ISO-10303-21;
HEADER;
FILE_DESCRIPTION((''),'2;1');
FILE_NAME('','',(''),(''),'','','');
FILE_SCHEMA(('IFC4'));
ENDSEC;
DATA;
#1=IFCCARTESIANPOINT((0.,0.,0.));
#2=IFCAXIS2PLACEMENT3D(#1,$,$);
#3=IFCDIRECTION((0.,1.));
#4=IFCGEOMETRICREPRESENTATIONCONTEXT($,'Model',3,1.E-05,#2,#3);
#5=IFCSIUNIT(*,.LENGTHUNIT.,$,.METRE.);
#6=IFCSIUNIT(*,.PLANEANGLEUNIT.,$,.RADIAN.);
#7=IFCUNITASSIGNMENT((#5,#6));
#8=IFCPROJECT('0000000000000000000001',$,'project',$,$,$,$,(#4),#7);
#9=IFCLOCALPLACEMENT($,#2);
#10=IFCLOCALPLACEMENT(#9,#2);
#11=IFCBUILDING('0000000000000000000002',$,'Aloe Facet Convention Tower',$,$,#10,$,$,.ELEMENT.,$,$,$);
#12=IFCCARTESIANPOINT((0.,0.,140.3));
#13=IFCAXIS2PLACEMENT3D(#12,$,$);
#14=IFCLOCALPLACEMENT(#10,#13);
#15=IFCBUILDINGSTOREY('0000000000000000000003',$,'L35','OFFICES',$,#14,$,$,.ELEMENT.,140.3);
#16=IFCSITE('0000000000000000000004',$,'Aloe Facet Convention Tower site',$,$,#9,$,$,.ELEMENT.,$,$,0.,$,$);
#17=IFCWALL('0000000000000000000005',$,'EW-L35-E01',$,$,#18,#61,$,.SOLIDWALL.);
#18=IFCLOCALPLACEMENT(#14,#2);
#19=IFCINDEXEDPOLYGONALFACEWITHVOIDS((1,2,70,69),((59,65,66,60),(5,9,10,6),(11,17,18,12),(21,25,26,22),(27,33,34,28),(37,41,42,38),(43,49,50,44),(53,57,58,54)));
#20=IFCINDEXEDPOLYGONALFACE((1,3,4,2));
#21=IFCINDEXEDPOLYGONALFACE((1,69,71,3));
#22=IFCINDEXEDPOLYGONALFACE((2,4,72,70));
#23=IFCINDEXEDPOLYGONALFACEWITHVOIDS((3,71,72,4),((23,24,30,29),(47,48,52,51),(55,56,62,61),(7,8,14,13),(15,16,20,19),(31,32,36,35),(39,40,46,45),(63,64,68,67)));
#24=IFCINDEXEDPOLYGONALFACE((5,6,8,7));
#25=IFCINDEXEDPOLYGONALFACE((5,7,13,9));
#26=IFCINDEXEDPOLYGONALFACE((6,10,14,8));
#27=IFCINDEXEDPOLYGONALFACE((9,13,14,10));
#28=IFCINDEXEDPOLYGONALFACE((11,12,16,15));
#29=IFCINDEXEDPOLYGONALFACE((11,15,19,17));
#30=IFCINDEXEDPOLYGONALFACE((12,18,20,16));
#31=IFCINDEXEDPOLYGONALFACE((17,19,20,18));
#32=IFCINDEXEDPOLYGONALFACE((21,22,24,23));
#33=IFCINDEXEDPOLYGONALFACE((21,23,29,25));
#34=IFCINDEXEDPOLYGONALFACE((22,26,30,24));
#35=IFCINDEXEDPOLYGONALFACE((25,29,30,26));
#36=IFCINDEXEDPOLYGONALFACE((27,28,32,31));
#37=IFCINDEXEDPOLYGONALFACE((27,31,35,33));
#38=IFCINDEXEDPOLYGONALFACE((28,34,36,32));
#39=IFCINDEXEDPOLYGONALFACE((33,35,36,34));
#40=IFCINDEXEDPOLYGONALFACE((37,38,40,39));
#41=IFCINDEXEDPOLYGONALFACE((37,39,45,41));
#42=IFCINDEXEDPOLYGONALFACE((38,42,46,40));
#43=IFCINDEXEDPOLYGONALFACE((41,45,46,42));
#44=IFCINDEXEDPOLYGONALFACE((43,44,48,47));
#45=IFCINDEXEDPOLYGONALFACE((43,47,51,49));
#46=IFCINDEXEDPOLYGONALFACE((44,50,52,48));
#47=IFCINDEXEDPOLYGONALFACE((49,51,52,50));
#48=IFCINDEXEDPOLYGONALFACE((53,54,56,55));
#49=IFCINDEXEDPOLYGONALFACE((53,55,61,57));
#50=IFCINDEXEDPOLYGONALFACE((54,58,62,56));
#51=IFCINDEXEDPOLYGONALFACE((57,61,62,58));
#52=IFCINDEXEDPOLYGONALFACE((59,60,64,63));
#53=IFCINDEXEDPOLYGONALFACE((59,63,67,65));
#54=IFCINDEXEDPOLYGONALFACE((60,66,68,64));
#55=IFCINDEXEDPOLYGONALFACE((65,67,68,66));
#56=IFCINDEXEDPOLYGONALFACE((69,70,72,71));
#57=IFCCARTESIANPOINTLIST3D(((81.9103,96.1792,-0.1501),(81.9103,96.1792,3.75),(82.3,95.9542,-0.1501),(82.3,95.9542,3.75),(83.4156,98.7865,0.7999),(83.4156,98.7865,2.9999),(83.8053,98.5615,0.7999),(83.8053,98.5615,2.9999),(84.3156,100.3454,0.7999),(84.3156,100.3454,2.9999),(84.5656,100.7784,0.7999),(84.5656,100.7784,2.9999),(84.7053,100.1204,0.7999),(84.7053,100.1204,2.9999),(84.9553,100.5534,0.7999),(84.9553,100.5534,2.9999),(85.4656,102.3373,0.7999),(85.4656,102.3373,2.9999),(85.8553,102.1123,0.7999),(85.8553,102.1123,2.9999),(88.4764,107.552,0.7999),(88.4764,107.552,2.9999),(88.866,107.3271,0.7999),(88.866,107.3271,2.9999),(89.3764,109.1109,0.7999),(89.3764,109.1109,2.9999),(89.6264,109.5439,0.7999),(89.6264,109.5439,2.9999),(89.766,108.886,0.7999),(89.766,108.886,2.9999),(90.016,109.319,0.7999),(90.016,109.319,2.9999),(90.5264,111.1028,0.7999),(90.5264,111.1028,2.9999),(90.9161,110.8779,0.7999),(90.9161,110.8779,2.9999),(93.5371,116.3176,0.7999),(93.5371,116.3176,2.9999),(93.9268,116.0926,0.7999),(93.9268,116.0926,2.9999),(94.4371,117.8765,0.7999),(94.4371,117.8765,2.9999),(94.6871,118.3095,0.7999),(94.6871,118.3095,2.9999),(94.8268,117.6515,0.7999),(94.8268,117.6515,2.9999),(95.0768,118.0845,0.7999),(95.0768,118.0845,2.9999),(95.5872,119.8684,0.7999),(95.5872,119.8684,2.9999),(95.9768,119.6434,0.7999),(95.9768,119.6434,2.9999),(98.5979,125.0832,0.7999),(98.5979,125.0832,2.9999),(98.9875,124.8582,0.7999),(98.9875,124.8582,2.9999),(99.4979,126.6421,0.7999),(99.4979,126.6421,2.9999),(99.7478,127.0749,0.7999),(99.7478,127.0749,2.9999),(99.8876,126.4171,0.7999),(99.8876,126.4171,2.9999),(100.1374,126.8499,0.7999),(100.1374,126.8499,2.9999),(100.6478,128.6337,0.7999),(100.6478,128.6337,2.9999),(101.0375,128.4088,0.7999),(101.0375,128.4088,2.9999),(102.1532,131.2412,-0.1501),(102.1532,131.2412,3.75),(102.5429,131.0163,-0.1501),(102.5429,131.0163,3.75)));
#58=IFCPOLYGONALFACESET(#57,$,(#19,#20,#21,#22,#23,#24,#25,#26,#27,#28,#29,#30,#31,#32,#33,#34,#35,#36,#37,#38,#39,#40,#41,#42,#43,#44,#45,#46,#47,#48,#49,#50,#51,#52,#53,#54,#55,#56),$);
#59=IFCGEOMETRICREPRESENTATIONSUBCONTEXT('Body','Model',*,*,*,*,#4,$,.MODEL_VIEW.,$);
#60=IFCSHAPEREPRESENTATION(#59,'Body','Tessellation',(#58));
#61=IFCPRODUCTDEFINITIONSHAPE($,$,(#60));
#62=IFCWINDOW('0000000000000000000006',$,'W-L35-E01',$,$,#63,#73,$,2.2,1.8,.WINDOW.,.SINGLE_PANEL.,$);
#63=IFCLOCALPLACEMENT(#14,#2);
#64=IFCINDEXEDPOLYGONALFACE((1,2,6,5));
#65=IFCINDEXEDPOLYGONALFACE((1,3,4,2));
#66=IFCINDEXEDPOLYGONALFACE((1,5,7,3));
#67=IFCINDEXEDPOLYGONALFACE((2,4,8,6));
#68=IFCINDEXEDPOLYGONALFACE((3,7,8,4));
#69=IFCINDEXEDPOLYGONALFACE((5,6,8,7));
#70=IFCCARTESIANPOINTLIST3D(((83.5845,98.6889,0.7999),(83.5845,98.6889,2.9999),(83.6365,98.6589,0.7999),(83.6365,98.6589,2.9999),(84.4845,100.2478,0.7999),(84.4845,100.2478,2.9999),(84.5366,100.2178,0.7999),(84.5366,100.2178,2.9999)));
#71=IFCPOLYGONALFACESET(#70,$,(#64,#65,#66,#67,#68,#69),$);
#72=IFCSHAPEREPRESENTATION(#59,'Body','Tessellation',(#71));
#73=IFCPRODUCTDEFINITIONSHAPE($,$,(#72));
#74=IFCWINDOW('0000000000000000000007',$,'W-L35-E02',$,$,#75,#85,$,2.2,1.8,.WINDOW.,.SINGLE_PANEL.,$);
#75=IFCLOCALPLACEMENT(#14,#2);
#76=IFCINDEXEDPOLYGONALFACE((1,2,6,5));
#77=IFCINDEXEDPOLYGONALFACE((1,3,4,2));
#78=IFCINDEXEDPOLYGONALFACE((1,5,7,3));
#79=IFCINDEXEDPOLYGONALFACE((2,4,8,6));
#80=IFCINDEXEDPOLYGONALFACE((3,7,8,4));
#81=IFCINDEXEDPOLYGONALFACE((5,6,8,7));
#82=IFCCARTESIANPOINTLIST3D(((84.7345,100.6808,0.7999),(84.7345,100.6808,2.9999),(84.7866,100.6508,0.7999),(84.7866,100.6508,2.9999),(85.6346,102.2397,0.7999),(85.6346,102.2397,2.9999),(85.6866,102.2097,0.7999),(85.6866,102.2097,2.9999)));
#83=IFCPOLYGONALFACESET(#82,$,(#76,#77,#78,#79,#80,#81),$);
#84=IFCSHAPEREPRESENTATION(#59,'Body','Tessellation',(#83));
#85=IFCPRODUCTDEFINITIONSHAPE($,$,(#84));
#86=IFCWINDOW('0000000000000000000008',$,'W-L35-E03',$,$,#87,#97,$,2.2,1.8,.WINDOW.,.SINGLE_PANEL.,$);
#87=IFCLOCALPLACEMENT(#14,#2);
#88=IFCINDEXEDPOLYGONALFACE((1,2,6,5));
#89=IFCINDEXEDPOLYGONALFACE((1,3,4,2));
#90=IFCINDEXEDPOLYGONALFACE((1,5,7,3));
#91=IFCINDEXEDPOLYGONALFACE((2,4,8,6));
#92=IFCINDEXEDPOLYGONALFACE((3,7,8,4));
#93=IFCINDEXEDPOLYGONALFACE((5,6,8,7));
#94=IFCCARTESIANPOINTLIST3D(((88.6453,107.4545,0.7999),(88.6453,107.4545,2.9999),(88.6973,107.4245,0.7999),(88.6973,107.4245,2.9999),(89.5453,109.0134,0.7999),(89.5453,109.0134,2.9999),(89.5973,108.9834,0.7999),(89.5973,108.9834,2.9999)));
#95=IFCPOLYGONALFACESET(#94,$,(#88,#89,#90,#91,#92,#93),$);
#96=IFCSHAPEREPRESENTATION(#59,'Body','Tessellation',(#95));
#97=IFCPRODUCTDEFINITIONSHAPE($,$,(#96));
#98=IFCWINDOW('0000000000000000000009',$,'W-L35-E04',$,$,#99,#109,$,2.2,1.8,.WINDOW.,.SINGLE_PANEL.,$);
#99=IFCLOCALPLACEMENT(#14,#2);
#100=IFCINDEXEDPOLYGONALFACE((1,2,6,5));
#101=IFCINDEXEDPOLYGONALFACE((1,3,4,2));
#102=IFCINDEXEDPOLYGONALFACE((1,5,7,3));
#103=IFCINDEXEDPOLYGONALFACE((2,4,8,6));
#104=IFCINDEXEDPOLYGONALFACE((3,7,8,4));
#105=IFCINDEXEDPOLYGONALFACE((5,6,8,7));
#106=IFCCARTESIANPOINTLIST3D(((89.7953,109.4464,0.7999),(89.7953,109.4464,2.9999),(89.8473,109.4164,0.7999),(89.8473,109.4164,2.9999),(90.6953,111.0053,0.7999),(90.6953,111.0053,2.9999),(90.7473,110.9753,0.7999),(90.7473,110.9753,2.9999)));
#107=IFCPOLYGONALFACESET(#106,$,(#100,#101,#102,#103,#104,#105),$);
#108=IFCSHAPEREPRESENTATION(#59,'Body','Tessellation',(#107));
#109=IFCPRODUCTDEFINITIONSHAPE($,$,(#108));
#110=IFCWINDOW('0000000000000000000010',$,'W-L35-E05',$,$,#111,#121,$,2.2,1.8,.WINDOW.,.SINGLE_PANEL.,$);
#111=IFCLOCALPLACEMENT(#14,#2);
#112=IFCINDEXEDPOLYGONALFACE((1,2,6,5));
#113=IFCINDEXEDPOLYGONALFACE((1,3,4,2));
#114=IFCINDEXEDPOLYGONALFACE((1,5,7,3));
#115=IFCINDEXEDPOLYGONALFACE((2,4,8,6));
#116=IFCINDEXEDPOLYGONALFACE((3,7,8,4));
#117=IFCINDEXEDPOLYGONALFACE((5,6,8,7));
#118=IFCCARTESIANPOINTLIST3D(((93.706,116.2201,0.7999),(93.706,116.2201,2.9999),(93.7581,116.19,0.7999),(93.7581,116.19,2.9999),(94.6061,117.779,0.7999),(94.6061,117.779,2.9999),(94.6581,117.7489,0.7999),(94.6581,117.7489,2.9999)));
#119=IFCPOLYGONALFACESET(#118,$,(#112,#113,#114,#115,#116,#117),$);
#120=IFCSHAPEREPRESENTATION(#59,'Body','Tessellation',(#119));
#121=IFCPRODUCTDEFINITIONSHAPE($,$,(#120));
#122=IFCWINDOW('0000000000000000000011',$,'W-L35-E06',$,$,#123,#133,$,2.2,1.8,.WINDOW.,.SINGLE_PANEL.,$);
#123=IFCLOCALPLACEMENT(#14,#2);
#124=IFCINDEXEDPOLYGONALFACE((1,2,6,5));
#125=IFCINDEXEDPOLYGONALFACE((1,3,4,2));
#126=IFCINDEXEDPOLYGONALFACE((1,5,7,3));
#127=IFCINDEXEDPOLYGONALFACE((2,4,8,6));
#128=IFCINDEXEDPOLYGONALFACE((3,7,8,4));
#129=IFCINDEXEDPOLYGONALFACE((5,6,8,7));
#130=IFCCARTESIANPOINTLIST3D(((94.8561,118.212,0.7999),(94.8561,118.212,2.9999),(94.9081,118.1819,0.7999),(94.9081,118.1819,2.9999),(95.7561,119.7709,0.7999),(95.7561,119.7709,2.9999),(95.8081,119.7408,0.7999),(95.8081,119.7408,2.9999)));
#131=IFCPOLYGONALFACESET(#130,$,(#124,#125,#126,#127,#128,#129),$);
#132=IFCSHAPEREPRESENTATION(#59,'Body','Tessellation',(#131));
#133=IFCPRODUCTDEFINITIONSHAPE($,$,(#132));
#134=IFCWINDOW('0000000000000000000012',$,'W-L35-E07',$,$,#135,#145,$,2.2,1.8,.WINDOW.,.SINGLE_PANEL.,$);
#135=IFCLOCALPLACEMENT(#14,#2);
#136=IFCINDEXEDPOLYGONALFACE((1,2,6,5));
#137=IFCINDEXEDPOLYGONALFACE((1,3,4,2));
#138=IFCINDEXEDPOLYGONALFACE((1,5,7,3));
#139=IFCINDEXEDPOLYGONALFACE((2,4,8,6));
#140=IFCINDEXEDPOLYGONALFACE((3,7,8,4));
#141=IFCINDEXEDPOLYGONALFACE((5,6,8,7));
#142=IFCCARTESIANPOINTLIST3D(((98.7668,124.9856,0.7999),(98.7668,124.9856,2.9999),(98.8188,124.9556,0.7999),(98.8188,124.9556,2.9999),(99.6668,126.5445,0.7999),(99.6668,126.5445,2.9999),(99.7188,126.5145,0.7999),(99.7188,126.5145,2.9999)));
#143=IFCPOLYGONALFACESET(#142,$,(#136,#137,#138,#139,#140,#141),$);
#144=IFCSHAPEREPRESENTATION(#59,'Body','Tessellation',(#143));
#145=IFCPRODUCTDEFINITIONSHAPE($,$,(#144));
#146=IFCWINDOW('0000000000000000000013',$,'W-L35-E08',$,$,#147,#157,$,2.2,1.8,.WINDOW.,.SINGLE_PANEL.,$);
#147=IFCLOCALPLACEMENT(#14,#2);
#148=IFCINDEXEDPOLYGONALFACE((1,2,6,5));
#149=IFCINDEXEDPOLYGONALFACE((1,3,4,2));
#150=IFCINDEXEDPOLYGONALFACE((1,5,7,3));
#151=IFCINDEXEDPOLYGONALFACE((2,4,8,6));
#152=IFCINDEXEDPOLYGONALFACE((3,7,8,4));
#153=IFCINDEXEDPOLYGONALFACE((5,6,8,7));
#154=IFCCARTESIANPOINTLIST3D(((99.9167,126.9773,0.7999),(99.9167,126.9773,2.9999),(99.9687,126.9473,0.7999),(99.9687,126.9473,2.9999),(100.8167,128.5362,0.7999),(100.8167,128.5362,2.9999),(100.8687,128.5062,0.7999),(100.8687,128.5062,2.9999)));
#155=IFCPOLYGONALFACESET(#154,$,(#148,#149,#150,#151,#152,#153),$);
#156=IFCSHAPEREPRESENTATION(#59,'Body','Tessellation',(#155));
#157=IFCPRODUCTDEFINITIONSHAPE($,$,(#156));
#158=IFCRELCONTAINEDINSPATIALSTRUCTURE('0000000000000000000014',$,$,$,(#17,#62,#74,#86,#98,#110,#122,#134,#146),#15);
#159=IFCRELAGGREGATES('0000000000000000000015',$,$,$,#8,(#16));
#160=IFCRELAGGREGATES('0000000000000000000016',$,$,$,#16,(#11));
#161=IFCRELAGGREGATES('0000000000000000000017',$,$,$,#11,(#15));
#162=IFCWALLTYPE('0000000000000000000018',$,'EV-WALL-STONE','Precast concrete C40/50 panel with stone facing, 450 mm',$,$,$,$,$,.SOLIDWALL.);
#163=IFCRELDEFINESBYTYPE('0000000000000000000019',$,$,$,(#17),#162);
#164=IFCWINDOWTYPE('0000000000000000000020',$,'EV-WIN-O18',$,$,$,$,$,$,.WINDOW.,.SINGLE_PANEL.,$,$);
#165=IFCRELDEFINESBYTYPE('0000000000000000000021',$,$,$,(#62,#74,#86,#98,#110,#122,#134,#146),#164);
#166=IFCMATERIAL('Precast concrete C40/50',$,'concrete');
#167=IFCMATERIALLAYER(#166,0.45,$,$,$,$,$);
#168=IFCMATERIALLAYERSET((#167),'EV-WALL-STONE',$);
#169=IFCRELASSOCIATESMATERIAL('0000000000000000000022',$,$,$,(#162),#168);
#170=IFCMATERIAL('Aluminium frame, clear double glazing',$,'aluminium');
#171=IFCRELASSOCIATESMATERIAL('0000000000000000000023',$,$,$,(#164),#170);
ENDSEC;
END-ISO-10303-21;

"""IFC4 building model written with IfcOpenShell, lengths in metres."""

from ifc_helpers import new_model, si_unit, direction, frame, frame_2d, origin, place, context, subcontext, project, spatial, polyline, rectangle, outline, extrude, material, layer, layer_set, type_object, element, fill, save


model = new_model("IFC4")

# Units and contexts
model_context = context("Model", 3, precision=1e-05, world=origin(), true_north=direction((0.0, 1.0)))
body_context = subcontext(model_context, "Body", "Model", "MODEL_VIEW")
ifc_project = project(units=[si_unit("LENGTHUNIT", "METRE"), si_unit("PLANEANGLEUNIT", "RADIAN")], contexts=[model_context])

# Site, building, storey
site_placement = place(None, origin())
site = spatial("IfcSite", under=ifc_project, at=site_placement, Name="Aloe Facet Convention Tower site", CompositionType="ELEMENT", RefElevation=0.0)
building_placement = place(site_placement, origin())
building = spatial("IfcBuilding", under=site, at=building_placement, Name="Aloe Facet Convention Tower", CompositionType="ELEMENT")
storey_placement = place(building_placement, frame((0.0, 0.0, 140.3)))
storey = spatial("IfcBuildingStorey", under=building, at=storey_placement, Name="L35", Description="OFFICES", CompositionType="ELEMENT", Elevation=140.3)

# Wall, openings, windows
ifc_material_1 = material(Name="Precast concrete C40/50", Category="concrete")
ifc_layer_1 = layer(ifc_material_1, 0.45)
ifc_layer_set_1 = layer_set([ifc_layer_1], Name="EV-WALL-STONE")
wall_type_1 = type_object("IfcWallType", Name="EV-WALL-STONE", Description="Precast concrete C40/50 panel with stone facing, 450 mm", PredefinedType="SOLIDWALL", material=ifc_layer_set_1)
wall_1_placement = place(storey_placement, frame((82.1052, 96.0667, -0.1501), z_axis=(0.0, 0.0, 1.0), x_axis=(0.499997, 0.866027, 0.0)))
wall_1 = element("IfcWall", 1, at=wall_1_placement, inside=storey, type_object=wall_type_1, Name="EW-L35-E01", PredefinedType="SOLIDWALL", context=body_context, shape_type="SweptSolid", body=[
    extrude(outline(polyline([(40.4861, 0.0), (40.4861, 3.9001), (0.0, 3.9001), (0.0, 0.0), (40.4861, 0.0)])), frame((0.0, 0.2251, 0.0), z_axis=(0.0, -1.0, 0.0), x_axis=(1.0, 0.0, 0.0)), (0.0, 0.0, 1.0), 0.45),
])
opening_1_placement = place(wall_1_placement, frame((3.0107, 0.0, 0.95)))
opening_1 = element("IfcOpeningElement", 2, at=opening_1_placement, cuts=wall_1, PredefinedType="OPENING", context=body_context, shape_type="SweptSolid", body=[
    extrude(rectangle(XDim=1.8, YDim=2.2, at=frame_2d((0.8999, 1.1001))), frame((0.0, 0.2349, 0.0), z_axis=(0.0, -1.0, 0.0), x_axis=(1.0, 0.0, 0.0)), (0.0, 0.0, 1.0), 0.47),
])
opening_2_placement = place(wall_1_placement, frame((5.3108, 0.0, 0.95)))
opening_2 = element("IfcOpeningElement", 3, at=opening_2_placement, cuts=wall_1, PredefinedType="OPENING", context=body_context, shape_type="SweptSolid", body=[
    extrude(rectangle(XDim=1.8, YDim=2.2, at=frame_2d((0.8999, 1.1001))), frame((0.0, 0.2349, 0.0), z_axis=(0.0, -1.0, 0.0), x_axis=(1.0, 0.0, 0.0)), (0.0, 0.0, 1.0), 0.47),
])
opening_3_placement = place(wall_1_placement, frame((13.1323, 0.0, 0.95)))
opening_3 = element("IfcOpeningElement", 4, at=opening_3_placement, cuts=wall_1, PredefinedType="OPENING", context=body_context, shape_type="SweptSolid", body=[
    extrude(rectangle(XDim=1.8, YDim=2.2, at=frame_2d((0.8999, 1.1001))), frame((0.0, 0.2349, 0.0), z_axis=(0.0, -1.0, 0.0), x_axis=(1.0, 0.0, 0.0)), (0.0, 0.0, 1.0), 0.47),
])
opening_4_placement = place(wall_1_placement, frame((15.4324, 0.0, 0.95)))
opening_4 = element("IfcOpeningElement", 5, at=opening_4_placement, cuts=wall_1, PredefinedType="OPENING", context=body_context, shape_type="SweptSolid", body=[
    extrude(rectangle(XDim=1.8, YDim=2.2, at=frame_2d((0.8999, 1.1001))), frame((0.0, 0.2349, 0.0), z_axis=(0.0, -1.0, 0.0), x_axis=(1.0, 0.0, 0.0)), (0.0, 0.0, 1.0), 0.47),
])
opening_5_placement = place(wall_1_placement, frame((23.2539, 0.0, 0.95)))
opening_5 = element("IfcOpeningElement", 6, at=opening_5_placement, cuts=wall_1, PredefinedType="OPENING", context=body_context, shape_type="SweptSolid", body=[
    extrude(rectangle(XDim=1.8, YDim=2.2, at=frame_2d((0.8999, 1.1001))), frame((0.0, 0.2349, 0.0), z_axis=(0.0, -1.0, 0.0), x_axis=(1.0, 0.0, 0.0)), (0.0, 0.0, 1.0), 0.47),
])
opening_6_placement = place(wall_1_placement, frame((25.554, 0.0, 0.95)))
opening_6 = element("IfcOpeningElement", 7, at=opening_6_placement, cuts=wall_1, PredefinedType="OPENING", context=body_context, shape_type="SweptSolid", body=[
    extrude(rectangle(XDim=1.8, YDim=2.2, at=frame_2d((0.8999, 1.1001))), frame((0.0, 0.2349, 0.0), z_axis=(0.0, -1.0, 0.0), x_axis=(1.0, 0.0, 0.0)), (0.0, 0.0, 1.0), 0.47),
])
opening_7_placement = place(wall_1_placement, frame((33.3755, 0.0, 0.95)))
opening_7 = element("IfcOpeningElement", 8, at=opening_7_placement, cuts=wall_1, PredefinedType="OPENING", context=body_context, shape_type="SweptSolid", body=[
    extrude(rectangle(XDim=1.8, YDim=2.2, at=frame_2d((0.8999, 1.1001))), frame((0.0, 0.2349, 0.0), z_axis=(0.0, -1.0, 0.0), x_axis=(1.0, 0.0, 0.0)), (0.0, 0.0, 1.0), 0.47),
])
opening_8_placement = place(wall_1_placement, frame((35.6753, 0.0, 0.95)))
opening_8 = element("IfcOpeningElement", 9, at=opening_8_placement, cuts=wall_1, PredefinedType="OPENING", context=body_context, shape_type="SweptSolid", body=[
    extrude(rectangle(XDim=1.8, YDim=2.2, at=frame_2d((0.8999, 1.1001))), frame((0.0, 0.2349, 0.0), z_axis=(0.0, -1.0, 0.0), x_axis=(1.0, 0.0, 0.0)), (0.0, 0.0, 1.0), 0.47),
])
ifc_material_2 = material(Name="Aluminium frame, clear double glazing", Category="aluminium")
window_type = type_object("IfcWindowType", Name="EV-WIN-O18", PartitioningType="SINGLE_PANEL", PredefinedType="WINDOW", material=ifc_material_2)
window_1_placement = place(opening_1_placement, origin())
window_1 = element("IfcWindow", 10, at=window_1_placement, inside=storey, type_object=window_type, Name="W-L35-E01", OverallHeight=2.2, OverallWidth=1.8, PartitioningType="SINGLE_PANEL", PredefinedType="WINDOW", context=body_context, shape_type="SweptSolid", body=[
    extrude(rectangle(XDim=1.8, YDim=2.2, at=frame_2d((0.8999, 1.1001))), frame((0.0, 0.03, 0.0), z_axis=(0.0, -1.0, 0.0), x_axis=(1.0, 0.0, 0.0)), (0.0, 0.0, 1.0), 0.0601),
])
fill(opening_1, window_1)
window_2_placement = place(opening_2_placement, origin())
window_2 = element("IfcWindow", 11, at=window_2_placement, inside=storey, type_object=window_type, Name="W-L35-E02", OverallHeight=2.2, OverallWidth=1.8, PartitioningType="SINGLE_PANEL", PredefinedType="WINDOW", context=body_context, shape_type="SweptSolid", body=[
    extrude(rectangle(XDim=1.8, YDim=2.2, at=frame_2d((0.8999, 1.1001))), frame((0.0, 0.03, 0.0), z_axis=(0.0, -1.0, 0.0), x_axis=(1.0, 0.0, 0.0)), (0.0, 0.0, 1.0), 0.0601),
])
fill(opening_2, window_2)
window_3_placement = place(opening_3_placement, origin())
window_3 = element("IfcWindow", 12, at=window_3_placement, inside=storey, type_object=window_type, Name="W-L35-E03", OverallHeight=2.2, OverallWidth=1.8, PartitioningType="SINGLE_PANEL", PredefinedType="WINDOW", context=body_context, shape_type="SweptSolid", body=[
    extrude(rectangle(XDim=1.8, YDim=2.2, at=frame_2d((0.8999, 1.1001))), frame((0.0, 0.03, 0.0), z_axis=(0.0, -1.0, 0.0), x_axis=(1.0, 0.0, 0.0)), (0.0, 0.0, 1.0), 0.0601),
])
fill(opening_3, window_3)
window_4_placement = place(opening_4_placement, origin())
window_4 = element("IfcWindow", 13, at=window_4_placement, inside=storey, type_object=window_type, Name="W-L35-E04", OverallHeight=2.2, OverallWidth=1.8, PartitioningType="SINGLE_PANEL", PredefinedType="WINDOW", context=body_context, shape_type="SweptSolid", body=[
    extrude(rectangle(XDim=1.8, YDim=2.2, at=frame_2d((0.8999, 1.1001))), frame((0.0, 0.03, 0.0), z_axis=(0.0, -1.0, 0.0), x_axis=(1.0, 0.0, 0.0)), (0.0, 0.0, 1.0), 0.0601),
])
fill(opening_4, window_4)
window_5_placement = place(opening_5_placement, origin())
window_5 = element("IfcWindow", 14, at=window_5_placement, inside=storey, type_object=window_type, Name="W-L35-E05", OverallHeight=2.2, OverallWidth=1.8, PartitioningType="SINGLE_PANEL", PredefinedType="WINDOW", context=body_context, shape_type="SweptSolid", body=[
    extrude(rectangle(XDim=1.8, YDim=2.2, at=frame_2d((0.8999, 1.1001))), frame((0.0, 0.03, 0.0), z_axis=(0.0, -1.0, 0.0), x_axis=(1.0, 0.0, 0.0)), (0.0, 0.0, 1.0), 0.0601),
])
fill(opening_5, window_5)
window_6_placement = place(opening_6_placement, origin())
window_6 = element("IfcWindow", 15, at=window_6_placement, inside=storey, type_object=window_type, Name="W-L35-E06", OverallHeight=2.2, OverallWidth=1.8, PartitioningType="SINGLE_PANEL", PredefinedType="WINDOW", context=body_context, shape_type="SweptSolid", body=[
    extrude(rectangle(XDim=1.8, YDim=2.2, at=frame_2d((0.8999, 1.1001))), frame((0.0, 0.03, 0.0), z_axis=(0.0, -1.0, 0.0), x_axis=(1.0, 0.0, 0.0)), (0.0, 0.0, 1.0), 0.0601),
])
fill(opening_6, window_6)
window_7_placement = place(opening_7_placement, origin())
window_7 = element("IfcWindow", 16, at=window_7_placement, inside=storey, type_object=window_type, Name="W-L35-E07", OverallHeight=2.2, OverallWidth=1.8, PartitioningType="SINGLE_PANEL", PredefinedType="WINDOW", context=body_context, shape_type="SweptSolid", body=[
    extrude(rectangle(XDim=1.8, YDim=2.2, at=frame_2d((0.8999, 1.1001))), frame((0.0, 0.03, 0.0), z_axis=(0.0, -1.0, 0.0), x_axis=(1.0, 0.0, 0.0)), (0.0, 0.0, 1.0), 0.0601),
])
fill(opening_7, window_7)
window_8_placement = place(opening_8_placement, origin())
window_8 = element("IfcWindow", 17, at=window_8_placement, inside=storey, type_object=window_type, Name="W-L35-E08", OverallHeight=2.2, OverallWidth=1.8, PartitioningType="SINGLE_PANEL", PredefinedType="WINDOW", context=body_context, shape_type="SweptSolid", body=[
    extrude(rectangle(XDim=1.8, YDim=2.2, at=frame_2d((0.8999, 1.1001))), frame((0.0, 0.03, 0.0), z_axis=(0.0, -1.0, 0.0), x_axis=(1.0, 0.0, 0.0)), (0.0, 0.0, 1.0), 0.0601),
])
fill(opening_8, window_8)

save(model, "model.ifc")
